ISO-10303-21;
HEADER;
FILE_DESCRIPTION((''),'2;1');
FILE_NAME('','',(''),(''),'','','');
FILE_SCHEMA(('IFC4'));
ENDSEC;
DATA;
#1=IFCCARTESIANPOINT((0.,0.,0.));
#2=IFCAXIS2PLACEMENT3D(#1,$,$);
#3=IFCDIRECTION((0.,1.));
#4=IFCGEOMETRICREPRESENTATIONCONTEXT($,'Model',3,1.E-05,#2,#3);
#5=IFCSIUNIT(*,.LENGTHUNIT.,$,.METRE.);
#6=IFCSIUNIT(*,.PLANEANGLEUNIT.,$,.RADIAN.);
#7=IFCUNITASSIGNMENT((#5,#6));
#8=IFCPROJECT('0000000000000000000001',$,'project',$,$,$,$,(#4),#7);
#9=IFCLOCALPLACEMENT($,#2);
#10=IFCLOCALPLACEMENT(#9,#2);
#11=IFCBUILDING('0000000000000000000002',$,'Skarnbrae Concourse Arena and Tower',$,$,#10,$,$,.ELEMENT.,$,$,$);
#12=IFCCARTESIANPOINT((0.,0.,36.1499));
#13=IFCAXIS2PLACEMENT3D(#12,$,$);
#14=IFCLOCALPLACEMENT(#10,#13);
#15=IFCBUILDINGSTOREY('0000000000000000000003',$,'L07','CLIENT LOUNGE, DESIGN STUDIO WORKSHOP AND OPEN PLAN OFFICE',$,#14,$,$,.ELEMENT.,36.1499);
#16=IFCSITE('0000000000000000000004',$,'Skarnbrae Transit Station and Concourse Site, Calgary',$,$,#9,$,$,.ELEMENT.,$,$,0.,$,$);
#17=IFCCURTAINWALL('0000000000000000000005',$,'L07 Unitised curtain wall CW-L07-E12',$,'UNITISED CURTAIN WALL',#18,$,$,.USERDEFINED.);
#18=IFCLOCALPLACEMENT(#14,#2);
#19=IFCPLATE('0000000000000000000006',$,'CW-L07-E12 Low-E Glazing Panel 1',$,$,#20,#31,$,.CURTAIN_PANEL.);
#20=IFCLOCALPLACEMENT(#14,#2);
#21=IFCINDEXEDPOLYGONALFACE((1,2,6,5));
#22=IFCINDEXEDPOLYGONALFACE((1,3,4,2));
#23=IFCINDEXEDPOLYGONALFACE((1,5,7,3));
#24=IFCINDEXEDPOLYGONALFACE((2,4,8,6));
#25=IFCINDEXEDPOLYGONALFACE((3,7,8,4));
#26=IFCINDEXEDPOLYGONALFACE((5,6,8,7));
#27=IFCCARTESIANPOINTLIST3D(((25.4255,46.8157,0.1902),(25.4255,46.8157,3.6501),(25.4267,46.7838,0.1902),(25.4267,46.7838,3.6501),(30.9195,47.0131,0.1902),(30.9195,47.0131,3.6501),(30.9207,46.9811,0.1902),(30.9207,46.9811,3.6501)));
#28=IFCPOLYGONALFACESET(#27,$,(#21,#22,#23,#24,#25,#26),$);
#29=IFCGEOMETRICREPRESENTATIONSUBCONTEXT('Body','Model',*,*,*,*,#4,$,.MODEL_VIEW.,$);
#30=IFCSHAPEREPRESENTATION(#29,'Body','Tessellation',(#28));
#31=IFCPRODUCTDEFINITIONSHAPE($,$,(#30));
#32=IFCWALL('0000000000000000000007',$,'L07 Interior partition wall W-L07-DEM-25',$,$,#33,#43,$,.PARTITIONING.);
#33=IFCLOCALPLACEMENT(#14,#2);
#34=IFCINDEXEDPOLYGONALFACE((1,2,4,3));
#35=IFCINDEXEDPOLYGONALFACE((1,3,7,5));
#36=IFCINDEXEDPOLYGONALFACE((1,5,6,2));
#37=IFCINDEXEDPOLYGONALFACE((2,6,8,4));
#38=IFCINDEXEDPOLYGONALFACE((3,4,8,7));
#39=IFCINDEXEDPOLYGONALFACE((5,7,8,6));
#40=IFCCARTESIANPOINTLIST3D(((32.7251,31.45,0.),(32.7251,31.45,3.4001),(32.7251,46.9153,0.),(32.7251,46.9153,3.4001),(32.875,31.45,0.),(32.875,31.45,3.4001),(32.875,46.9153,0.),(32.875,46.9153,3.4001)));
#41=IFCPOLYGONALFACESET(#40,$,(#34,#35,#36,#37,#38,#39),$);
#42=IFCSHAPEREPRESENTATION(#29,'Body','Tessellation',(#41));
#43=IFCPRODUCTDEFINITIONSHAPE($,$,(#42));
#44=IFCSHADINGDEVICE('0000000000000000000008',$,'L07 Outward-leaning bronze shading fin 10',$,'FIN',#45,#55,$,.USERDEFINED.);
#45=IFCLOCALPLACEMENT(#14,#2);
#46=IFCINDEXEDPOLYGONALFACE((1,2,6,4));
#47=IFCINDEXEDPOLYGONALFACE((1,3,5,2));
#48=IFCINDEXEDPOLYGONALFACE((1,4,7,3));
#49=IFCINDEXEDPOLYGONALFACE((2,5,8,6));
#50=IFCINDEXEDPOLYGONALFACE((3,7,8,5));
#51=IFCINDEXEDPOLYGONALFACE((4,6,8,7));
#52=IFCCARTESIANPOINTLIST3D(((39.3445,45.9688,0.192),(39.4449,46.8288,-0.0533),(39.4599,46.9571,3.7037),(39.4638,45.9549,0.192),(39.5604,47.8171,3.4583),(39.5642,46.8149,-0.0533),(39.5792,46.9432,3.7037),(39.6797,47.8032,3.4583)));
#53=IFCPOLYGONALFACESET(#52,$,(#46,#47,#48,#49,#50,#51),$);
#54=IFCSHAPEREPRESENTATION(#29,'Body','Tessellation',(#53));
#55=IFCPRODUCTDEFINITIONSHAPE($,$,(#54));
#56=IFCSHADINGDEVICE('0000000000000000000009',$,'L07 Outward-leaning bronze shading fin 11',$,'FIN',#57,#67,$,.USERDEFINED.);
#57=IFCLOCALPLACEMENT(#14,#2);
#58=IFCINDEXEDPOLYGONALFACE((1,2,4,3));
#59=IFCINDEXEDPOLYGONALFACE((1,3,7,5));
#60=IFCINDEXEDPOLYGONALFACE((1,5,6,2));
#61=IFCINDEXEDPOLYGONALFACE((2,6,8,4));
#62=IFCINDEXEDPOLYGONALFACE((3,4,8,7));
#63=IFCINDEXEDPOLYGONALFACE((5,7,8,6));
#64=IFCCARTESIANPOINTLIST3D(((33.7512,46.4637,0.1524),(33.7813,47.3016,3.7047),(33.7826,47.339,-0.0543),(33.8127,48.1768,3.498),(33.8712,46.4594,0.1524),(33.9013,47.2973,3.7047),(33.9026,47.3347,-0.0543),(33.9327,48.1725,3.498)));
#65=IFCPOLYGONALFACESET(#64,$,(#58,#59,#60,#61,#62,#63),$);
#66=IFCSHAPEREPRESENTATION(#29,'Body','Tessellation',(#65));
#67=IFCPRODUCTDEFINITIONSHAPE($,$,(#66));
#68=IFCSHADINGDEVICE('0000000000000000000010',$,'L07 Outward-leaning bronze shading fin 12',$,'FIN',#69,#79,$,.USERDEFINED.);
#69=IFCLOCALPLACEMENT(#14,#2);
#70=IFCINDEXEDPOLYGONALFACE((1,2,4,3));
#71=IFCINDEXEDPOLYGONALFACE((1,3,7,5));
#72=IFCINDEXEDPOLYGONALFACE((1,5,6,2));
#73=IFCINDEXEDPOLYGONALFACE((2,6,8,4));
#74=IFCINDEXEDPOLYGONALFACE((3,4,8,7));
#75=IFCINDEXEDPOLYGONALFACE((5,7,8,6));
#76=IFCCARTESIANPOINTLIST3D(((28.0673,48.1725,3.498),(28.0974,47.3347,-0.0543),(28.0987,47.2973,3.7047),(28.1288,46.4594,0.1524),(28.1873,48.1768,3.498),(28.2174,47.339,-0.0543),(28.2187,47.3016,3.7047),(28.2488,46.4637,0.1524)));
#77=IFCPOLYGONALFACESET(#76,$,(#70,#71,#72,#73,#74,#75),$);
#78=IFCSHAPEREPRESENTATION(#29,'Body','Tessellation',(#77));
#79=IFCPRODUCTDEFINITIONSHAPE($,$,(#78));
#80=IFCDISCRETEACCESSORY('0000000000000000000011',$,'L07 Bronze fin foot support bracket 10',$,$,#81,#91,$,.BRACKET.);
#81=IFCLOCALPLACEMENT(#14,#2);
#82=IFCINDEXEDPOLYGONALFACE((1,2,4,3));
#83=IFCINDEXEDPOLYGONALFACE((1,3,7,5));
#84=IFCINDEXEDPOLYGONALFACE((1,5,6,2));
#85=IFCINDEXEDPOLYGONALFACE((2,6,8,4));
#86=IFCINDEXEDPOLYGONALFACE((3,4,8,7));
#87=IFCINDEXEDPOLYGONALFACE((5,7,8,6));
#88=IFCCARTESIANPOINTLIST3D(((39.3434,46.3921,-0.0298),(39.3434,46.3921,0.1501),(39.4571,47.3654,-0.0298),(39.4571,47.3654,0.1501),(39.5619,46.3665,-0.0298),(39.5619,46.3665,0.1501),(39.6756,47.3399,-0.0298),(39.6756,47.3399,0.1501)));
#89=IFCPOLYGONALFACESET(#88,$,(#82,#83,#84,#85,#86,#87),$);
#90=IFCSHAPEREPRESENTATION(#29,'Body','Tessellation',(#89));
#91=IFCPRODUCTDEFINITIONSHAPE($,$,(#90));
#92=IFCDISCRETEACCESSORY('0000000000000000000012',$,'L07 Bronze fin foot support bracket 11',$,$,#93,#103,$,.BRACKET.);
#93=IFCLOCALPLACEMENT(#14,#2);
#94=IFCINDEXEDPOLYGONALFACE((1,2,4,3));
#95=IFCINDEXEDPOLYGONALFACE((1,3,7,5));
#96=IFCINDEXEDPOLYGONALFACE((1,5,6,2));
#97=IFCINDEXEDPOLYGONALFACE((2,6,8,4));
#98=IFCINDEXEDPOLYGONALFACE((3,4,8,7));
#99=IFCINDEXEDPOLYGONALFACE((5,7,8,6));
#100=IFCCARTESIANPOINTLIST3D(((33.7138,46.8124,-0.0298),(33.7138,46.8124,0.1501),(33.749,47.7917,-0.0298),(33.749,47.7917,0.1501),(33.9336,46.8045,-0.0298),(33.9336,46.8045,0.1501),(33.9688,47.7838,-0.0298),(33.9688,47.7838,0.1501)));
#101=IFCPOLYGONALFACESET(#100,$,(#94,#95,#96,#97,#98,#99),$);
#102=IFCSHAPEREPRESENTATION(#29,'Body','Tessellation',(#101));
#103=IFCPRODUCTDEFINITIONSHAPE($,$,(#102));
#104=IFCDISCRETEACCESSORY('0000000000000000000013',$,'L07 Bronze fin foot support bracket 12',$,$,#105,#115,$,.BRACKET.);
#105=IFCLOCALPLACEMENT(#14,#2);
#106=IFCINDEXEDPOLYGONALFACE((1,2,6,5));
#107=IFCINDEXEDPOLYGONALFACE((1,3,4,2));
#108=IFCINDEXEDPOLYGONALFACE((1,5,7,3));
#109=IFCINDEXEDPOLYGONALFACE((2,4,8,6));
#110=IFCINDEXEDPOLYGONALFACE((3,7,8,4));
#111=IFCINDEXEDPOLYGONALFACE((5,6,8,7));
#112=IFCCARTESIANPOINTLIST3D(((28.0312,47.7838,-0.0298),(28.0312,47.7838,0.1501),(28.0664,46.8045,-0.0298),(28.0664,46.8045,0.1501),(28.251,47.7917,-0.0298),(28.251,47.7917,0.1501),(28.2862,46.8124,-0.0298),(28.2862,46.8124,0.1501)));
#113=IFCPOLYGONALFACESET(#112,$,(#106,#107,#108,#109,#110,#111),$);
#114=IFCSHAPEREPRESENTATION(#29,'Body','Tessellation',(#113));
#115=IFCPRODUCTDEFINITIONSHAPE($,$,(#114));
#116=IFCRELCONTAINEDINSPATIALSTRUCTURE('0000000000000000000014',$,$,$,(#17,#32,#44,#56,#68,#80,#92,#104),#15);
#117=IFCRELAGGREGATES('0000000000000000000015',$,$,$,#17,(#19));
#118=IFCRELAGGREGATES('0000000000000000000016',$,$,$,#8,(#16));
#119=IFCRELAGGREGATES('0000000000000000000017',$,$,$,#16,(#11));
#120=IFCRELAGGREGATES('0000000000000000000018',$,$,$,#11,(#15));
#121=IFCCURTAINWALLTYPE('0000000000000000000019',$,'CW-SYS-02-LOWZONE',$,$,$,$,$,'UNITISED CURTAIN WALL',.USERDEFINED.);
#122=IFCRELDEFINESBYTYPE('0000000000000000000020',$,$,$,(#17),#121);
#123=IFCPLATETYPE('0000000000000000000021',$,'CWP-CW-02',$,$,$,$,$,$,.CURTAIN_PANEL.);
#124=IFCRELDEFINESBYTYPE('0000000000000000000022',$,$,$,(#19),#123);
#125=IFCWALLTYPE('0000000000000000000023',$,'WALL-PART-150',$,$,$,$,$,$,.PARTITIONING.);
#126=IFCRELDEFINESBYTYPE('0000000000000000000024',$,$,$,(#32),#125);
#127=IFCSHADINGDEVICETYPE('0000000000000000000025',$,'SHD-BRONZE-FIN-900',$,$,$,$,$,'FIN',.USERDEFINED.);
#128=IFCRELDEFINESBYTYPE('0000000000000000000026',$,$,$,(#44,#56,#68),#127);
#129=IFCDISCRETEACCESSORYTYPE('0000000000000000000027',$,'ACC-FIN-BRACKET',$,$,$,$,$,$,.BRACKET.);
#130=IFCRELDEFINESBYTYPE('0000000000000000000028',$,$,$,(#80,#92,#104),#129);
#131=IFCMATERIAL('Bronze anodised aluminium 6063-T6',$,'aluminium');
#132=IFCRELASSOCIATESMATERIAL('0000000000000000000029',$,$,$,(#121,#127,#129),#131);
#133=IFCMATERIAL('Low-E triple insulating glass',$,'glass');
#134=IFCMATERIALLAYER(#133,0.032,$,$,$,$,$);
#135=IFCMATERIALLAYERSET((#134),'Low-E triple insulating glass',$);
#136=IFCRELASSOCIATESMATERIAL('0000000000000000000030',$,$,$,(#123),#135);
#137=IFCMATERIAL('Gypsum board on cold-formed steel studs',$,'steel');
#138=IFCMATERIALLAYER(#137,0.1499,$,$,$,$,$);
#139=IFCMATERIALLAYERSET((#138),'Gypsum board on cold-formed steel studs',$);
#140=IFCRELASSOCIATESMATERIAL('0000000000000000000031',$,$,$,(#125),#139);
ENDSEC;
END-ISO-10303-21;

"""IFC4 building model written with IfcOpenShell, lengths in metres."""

from ifc_helpers import new_model, si_unit, direction, frame, frame_2d, origin, origin_2d, place, context, subcontext, project, spatial, rectangle, extrude, source, transform, mapped, material, layer, layer_set, type_object, element, aggregate, save


model = new_model("IFC4")

# Units and contexts
model_context = context("Model", 3, precision=1e-05, world=origin(), true_north=direction((0.0, 1.0)))
body_context = subcontext(model_context, "Body", "Model", "MODEL_VIEW")
ifc_project = project(units=[si_unit("LENGTHUNIT", "METRE"), si_unit("PLANEANGLEUNIT", "RADIAN")], contexts=[model_context])

# Site, building, storey
site_placement = place(None, origin())
site = spatial("IfcSite", under=ifc_project, at=site_placement, Name="Skarnbrae Transit Station and Concourse Site, Calgary", CompositionType="ELEMENT", RefElevation=0.0)
building_placement = place(site_placement, origin())
building = spatial("IfcBuilding", under=site, at=building_placement, Name="Skarnbrae Concourse Arena and Tower", CompositionType="ELEMENT")
storey_placement = place(building_placement, frame((0.0, 0.0, 36.1499)))
storey = spatial("IfcBuildingStorey", under=building, at=storey_placement, Name="L07", Description="CLIENT LOUNGE, DESIGN STUDIO WORKSHOP AND OPEN PLAN OFFICE", CompositionType="ELEMENT", Elevation=36.1499)

# Curtain wall
ifc_material_1 = material(Name="Bronze anodised aluminium 6063-T6", Category="aluminium")
curtain_wall_type = type_object("IfcCurtainWallType", Name="CW-SYS-02-LOWZONE", ElementType="UNITISED CURTAIN WALL", PredefinedType="USERDEFINED", material=ifc_material_1)
curtain_wall_1_placement = place(storey_placement, origin())
curtain_wall_1 = element("IfcCurtainWall", 1, at=curtain_wall_1_placement, inside=storey, type_object=curtain_wall_type, Name="L07 Unitised curtain wall CW-L07-E12", ObjectType="UNITISED CURTAIN WALL", PredefinedType="USERDEFINED")

# Plate
ifc_material_2 = material(Name="Low-E triple insulating glass", Category="glass")
ifc_layer_1 = layer(ifc_material_2, 0.032)
ifc_layer_set_1 = layer_set([ifc_layer_1], Name="Low-E triple insulating glass")
plate_type = type_object("IfcPlateType", Name="CWP-CW-02", PredefinedType="CURTAIN_PANEL", material=ifc_layer_set_1)
shared_shape_1 = source(origin(), body_context, "Body", "SweptSolid", [
    extrude(rectangle(XDim=5.4976, YDim=0.032, at=origin_2d()), origin(), (0.0, 0.0, 1.0), 3.46),
])
plate_1_placement = place(storey_placement, frame((28.1731, 46.8984, 0.1902), z_axis=(0.0, 0.0, 1.0), x_axis=(-0.999355, -0.035899, 0.0)))
plate_1 = element("IfcPlate", 2, at=plate_1_placement, type_object=plate_type, Name="CW-L07-E12 Low-E Glazing Panel 1", PredefinedType="CURTAIN_PANEL", context=body_context, shape_type="MappedRepresentation", body=[
    mapped(shared_shape_1, transform((0.0, 0.0, 0.0))),
])
aggregate(curtain_wall_1, [plate_1])

# Wall
ifc_material_3 = material(Name="Gypsum board on cold-formed steel studs", Category="steel")
ifc_layer_2 = layer(ifc_material_3, 0.1499)
ifc_layer_set_2 = layer_set([ifc_layer_2], Name="Gypsum board on cold-formed steel studs")
wall_type = type_object("IfcWallType", Name="WALL-PART-150", PredefinedType="PARTITIONING", material=ifc_layer_set_2)
shared_shape_2 = source(origin(), body_context, "Body", "SweptSolid", [
    extrude(rectangle(XDim=15.4653, YDim=0.1499, at=frame_2d((7.7327, 0.0))), origin(), (0.0, 0.0, 1.0), 3.4001),
])
wall_placement = place(storey_placement, frame((32.8, 46.9153, 0.0), z_axis=(0.0, 0.0, 1.0), x_axis=(0.0, -1.0, 0.0)))
element("IfcWall", 3, at=wall_placement, inside=storey, type_object=wall_type, Name="L07 Interior partition wall W-L07-DEM-25", PredefinedType="PARTITIONING", context=body_context, shape_type="MappedRepresentation", body=[
    mapped(shared_shape_2, transform((0.0, 0.0, 0.0))),
])

# Shading devices
shading_device_type = type_object("IfcShadingDeviceType", Name="SHD-BRONZE-FIN-900", ElementType="FIN", PredefinedType="USERDEFINED", material=ifc_material_1)
shared_shape_3 = source(origin(), body_context, "Body", "SweptSolid", [
    extrude(rectangle(XDim=0.1201, YDim=0.8999, at=origin_2d()), origin(), (0.0, 0.0, 1.0), 3.6499),
])
for number, where, z_axis, x_axis, name in (
    (4, (39.4543, 46.3918, 0.0693), (0.031636, 0.270774, 0.962123), (0.993244, -0.116047, 0.0), "L07 Outward-leaning bronze shading fin 10"),
    (5, (33.8269, 46.8992, 0.0491), (0.008245, 0.229562, 0.973259), (0.999356, -0.035894, 0.0), "L07 Outward-leaning bronze shading fin 11"),
    (6, (28.1731, 46.8992, 0.0491), (-0.008245, 0.229562, 0.973259), (0.999356, 0.035894, 0.0), "L07 Outward-leaning bronze shading fin 12"),
):
    element("IfcShadingDevice", number, at=place(storey_placement, frame(where, z_axis=z_axis, x_axis=x_axis)), inside=storey, type_object=shading_device_type, Name=name, ObjectType="FIN", PredefinedType="USERDEFINED", context=body_context, shape_type="MappedRepresentation", body=[
        mapped(shared_shape_3, transform((0.0, 0.0, 0.0))),
    ])

# Discrete accessories
discrete_accessory_type = type_object("IfcDiscreteAccessoryType", Name="ACC-FIN-BRACKET", PredefinedType="BRACKET", material=ifc_material_1)
shared_shape_4 = source(origin(), body_context, "Body", "SweptSolid", [
    extrude(rectangle(XDim=0.22, YDim=0.98, at=origin_2d()), origin(), (0.0, 0.0, 1.0), 0.1799),
])
for number, where, z_axis, x_axis, name in (
    (7, (39.5095, 46.866, -0.0298), (0.0, 0.0, 1.0), (0.993244, -0.116047, 0.0), "L07 Bronze fin foot support bracket 10"),
    (8, (33.8413, 47.2981, -0.0298), (0.0, 0.0, 1.0), (0.999356, -0.035894, 0.0), "L07 Bronze fin foot support bracket 11"),
    (9, (28.1587, 47.2981, -0.0298), (0.0, 0.0, 1.0), (0.999356, 0.035894, 0.0), "L07 Bronze fin foot support bracket 12"),
):
    element("IfcDiscreteAccessory", number, at=place(storey_placement, frame(where, z_axis=z_axis, x_axis=x_axis)), inside=storey, type_object=discrete_accessory_type, Name=name, PredefinedType="BRACKET", context=body_context, shape_type="MappedRepresentation", body=[
        mapped(shared_shape_4, transform((0.0, 0.0, 0.0))),
    ])

save(model, "model.ifc")
